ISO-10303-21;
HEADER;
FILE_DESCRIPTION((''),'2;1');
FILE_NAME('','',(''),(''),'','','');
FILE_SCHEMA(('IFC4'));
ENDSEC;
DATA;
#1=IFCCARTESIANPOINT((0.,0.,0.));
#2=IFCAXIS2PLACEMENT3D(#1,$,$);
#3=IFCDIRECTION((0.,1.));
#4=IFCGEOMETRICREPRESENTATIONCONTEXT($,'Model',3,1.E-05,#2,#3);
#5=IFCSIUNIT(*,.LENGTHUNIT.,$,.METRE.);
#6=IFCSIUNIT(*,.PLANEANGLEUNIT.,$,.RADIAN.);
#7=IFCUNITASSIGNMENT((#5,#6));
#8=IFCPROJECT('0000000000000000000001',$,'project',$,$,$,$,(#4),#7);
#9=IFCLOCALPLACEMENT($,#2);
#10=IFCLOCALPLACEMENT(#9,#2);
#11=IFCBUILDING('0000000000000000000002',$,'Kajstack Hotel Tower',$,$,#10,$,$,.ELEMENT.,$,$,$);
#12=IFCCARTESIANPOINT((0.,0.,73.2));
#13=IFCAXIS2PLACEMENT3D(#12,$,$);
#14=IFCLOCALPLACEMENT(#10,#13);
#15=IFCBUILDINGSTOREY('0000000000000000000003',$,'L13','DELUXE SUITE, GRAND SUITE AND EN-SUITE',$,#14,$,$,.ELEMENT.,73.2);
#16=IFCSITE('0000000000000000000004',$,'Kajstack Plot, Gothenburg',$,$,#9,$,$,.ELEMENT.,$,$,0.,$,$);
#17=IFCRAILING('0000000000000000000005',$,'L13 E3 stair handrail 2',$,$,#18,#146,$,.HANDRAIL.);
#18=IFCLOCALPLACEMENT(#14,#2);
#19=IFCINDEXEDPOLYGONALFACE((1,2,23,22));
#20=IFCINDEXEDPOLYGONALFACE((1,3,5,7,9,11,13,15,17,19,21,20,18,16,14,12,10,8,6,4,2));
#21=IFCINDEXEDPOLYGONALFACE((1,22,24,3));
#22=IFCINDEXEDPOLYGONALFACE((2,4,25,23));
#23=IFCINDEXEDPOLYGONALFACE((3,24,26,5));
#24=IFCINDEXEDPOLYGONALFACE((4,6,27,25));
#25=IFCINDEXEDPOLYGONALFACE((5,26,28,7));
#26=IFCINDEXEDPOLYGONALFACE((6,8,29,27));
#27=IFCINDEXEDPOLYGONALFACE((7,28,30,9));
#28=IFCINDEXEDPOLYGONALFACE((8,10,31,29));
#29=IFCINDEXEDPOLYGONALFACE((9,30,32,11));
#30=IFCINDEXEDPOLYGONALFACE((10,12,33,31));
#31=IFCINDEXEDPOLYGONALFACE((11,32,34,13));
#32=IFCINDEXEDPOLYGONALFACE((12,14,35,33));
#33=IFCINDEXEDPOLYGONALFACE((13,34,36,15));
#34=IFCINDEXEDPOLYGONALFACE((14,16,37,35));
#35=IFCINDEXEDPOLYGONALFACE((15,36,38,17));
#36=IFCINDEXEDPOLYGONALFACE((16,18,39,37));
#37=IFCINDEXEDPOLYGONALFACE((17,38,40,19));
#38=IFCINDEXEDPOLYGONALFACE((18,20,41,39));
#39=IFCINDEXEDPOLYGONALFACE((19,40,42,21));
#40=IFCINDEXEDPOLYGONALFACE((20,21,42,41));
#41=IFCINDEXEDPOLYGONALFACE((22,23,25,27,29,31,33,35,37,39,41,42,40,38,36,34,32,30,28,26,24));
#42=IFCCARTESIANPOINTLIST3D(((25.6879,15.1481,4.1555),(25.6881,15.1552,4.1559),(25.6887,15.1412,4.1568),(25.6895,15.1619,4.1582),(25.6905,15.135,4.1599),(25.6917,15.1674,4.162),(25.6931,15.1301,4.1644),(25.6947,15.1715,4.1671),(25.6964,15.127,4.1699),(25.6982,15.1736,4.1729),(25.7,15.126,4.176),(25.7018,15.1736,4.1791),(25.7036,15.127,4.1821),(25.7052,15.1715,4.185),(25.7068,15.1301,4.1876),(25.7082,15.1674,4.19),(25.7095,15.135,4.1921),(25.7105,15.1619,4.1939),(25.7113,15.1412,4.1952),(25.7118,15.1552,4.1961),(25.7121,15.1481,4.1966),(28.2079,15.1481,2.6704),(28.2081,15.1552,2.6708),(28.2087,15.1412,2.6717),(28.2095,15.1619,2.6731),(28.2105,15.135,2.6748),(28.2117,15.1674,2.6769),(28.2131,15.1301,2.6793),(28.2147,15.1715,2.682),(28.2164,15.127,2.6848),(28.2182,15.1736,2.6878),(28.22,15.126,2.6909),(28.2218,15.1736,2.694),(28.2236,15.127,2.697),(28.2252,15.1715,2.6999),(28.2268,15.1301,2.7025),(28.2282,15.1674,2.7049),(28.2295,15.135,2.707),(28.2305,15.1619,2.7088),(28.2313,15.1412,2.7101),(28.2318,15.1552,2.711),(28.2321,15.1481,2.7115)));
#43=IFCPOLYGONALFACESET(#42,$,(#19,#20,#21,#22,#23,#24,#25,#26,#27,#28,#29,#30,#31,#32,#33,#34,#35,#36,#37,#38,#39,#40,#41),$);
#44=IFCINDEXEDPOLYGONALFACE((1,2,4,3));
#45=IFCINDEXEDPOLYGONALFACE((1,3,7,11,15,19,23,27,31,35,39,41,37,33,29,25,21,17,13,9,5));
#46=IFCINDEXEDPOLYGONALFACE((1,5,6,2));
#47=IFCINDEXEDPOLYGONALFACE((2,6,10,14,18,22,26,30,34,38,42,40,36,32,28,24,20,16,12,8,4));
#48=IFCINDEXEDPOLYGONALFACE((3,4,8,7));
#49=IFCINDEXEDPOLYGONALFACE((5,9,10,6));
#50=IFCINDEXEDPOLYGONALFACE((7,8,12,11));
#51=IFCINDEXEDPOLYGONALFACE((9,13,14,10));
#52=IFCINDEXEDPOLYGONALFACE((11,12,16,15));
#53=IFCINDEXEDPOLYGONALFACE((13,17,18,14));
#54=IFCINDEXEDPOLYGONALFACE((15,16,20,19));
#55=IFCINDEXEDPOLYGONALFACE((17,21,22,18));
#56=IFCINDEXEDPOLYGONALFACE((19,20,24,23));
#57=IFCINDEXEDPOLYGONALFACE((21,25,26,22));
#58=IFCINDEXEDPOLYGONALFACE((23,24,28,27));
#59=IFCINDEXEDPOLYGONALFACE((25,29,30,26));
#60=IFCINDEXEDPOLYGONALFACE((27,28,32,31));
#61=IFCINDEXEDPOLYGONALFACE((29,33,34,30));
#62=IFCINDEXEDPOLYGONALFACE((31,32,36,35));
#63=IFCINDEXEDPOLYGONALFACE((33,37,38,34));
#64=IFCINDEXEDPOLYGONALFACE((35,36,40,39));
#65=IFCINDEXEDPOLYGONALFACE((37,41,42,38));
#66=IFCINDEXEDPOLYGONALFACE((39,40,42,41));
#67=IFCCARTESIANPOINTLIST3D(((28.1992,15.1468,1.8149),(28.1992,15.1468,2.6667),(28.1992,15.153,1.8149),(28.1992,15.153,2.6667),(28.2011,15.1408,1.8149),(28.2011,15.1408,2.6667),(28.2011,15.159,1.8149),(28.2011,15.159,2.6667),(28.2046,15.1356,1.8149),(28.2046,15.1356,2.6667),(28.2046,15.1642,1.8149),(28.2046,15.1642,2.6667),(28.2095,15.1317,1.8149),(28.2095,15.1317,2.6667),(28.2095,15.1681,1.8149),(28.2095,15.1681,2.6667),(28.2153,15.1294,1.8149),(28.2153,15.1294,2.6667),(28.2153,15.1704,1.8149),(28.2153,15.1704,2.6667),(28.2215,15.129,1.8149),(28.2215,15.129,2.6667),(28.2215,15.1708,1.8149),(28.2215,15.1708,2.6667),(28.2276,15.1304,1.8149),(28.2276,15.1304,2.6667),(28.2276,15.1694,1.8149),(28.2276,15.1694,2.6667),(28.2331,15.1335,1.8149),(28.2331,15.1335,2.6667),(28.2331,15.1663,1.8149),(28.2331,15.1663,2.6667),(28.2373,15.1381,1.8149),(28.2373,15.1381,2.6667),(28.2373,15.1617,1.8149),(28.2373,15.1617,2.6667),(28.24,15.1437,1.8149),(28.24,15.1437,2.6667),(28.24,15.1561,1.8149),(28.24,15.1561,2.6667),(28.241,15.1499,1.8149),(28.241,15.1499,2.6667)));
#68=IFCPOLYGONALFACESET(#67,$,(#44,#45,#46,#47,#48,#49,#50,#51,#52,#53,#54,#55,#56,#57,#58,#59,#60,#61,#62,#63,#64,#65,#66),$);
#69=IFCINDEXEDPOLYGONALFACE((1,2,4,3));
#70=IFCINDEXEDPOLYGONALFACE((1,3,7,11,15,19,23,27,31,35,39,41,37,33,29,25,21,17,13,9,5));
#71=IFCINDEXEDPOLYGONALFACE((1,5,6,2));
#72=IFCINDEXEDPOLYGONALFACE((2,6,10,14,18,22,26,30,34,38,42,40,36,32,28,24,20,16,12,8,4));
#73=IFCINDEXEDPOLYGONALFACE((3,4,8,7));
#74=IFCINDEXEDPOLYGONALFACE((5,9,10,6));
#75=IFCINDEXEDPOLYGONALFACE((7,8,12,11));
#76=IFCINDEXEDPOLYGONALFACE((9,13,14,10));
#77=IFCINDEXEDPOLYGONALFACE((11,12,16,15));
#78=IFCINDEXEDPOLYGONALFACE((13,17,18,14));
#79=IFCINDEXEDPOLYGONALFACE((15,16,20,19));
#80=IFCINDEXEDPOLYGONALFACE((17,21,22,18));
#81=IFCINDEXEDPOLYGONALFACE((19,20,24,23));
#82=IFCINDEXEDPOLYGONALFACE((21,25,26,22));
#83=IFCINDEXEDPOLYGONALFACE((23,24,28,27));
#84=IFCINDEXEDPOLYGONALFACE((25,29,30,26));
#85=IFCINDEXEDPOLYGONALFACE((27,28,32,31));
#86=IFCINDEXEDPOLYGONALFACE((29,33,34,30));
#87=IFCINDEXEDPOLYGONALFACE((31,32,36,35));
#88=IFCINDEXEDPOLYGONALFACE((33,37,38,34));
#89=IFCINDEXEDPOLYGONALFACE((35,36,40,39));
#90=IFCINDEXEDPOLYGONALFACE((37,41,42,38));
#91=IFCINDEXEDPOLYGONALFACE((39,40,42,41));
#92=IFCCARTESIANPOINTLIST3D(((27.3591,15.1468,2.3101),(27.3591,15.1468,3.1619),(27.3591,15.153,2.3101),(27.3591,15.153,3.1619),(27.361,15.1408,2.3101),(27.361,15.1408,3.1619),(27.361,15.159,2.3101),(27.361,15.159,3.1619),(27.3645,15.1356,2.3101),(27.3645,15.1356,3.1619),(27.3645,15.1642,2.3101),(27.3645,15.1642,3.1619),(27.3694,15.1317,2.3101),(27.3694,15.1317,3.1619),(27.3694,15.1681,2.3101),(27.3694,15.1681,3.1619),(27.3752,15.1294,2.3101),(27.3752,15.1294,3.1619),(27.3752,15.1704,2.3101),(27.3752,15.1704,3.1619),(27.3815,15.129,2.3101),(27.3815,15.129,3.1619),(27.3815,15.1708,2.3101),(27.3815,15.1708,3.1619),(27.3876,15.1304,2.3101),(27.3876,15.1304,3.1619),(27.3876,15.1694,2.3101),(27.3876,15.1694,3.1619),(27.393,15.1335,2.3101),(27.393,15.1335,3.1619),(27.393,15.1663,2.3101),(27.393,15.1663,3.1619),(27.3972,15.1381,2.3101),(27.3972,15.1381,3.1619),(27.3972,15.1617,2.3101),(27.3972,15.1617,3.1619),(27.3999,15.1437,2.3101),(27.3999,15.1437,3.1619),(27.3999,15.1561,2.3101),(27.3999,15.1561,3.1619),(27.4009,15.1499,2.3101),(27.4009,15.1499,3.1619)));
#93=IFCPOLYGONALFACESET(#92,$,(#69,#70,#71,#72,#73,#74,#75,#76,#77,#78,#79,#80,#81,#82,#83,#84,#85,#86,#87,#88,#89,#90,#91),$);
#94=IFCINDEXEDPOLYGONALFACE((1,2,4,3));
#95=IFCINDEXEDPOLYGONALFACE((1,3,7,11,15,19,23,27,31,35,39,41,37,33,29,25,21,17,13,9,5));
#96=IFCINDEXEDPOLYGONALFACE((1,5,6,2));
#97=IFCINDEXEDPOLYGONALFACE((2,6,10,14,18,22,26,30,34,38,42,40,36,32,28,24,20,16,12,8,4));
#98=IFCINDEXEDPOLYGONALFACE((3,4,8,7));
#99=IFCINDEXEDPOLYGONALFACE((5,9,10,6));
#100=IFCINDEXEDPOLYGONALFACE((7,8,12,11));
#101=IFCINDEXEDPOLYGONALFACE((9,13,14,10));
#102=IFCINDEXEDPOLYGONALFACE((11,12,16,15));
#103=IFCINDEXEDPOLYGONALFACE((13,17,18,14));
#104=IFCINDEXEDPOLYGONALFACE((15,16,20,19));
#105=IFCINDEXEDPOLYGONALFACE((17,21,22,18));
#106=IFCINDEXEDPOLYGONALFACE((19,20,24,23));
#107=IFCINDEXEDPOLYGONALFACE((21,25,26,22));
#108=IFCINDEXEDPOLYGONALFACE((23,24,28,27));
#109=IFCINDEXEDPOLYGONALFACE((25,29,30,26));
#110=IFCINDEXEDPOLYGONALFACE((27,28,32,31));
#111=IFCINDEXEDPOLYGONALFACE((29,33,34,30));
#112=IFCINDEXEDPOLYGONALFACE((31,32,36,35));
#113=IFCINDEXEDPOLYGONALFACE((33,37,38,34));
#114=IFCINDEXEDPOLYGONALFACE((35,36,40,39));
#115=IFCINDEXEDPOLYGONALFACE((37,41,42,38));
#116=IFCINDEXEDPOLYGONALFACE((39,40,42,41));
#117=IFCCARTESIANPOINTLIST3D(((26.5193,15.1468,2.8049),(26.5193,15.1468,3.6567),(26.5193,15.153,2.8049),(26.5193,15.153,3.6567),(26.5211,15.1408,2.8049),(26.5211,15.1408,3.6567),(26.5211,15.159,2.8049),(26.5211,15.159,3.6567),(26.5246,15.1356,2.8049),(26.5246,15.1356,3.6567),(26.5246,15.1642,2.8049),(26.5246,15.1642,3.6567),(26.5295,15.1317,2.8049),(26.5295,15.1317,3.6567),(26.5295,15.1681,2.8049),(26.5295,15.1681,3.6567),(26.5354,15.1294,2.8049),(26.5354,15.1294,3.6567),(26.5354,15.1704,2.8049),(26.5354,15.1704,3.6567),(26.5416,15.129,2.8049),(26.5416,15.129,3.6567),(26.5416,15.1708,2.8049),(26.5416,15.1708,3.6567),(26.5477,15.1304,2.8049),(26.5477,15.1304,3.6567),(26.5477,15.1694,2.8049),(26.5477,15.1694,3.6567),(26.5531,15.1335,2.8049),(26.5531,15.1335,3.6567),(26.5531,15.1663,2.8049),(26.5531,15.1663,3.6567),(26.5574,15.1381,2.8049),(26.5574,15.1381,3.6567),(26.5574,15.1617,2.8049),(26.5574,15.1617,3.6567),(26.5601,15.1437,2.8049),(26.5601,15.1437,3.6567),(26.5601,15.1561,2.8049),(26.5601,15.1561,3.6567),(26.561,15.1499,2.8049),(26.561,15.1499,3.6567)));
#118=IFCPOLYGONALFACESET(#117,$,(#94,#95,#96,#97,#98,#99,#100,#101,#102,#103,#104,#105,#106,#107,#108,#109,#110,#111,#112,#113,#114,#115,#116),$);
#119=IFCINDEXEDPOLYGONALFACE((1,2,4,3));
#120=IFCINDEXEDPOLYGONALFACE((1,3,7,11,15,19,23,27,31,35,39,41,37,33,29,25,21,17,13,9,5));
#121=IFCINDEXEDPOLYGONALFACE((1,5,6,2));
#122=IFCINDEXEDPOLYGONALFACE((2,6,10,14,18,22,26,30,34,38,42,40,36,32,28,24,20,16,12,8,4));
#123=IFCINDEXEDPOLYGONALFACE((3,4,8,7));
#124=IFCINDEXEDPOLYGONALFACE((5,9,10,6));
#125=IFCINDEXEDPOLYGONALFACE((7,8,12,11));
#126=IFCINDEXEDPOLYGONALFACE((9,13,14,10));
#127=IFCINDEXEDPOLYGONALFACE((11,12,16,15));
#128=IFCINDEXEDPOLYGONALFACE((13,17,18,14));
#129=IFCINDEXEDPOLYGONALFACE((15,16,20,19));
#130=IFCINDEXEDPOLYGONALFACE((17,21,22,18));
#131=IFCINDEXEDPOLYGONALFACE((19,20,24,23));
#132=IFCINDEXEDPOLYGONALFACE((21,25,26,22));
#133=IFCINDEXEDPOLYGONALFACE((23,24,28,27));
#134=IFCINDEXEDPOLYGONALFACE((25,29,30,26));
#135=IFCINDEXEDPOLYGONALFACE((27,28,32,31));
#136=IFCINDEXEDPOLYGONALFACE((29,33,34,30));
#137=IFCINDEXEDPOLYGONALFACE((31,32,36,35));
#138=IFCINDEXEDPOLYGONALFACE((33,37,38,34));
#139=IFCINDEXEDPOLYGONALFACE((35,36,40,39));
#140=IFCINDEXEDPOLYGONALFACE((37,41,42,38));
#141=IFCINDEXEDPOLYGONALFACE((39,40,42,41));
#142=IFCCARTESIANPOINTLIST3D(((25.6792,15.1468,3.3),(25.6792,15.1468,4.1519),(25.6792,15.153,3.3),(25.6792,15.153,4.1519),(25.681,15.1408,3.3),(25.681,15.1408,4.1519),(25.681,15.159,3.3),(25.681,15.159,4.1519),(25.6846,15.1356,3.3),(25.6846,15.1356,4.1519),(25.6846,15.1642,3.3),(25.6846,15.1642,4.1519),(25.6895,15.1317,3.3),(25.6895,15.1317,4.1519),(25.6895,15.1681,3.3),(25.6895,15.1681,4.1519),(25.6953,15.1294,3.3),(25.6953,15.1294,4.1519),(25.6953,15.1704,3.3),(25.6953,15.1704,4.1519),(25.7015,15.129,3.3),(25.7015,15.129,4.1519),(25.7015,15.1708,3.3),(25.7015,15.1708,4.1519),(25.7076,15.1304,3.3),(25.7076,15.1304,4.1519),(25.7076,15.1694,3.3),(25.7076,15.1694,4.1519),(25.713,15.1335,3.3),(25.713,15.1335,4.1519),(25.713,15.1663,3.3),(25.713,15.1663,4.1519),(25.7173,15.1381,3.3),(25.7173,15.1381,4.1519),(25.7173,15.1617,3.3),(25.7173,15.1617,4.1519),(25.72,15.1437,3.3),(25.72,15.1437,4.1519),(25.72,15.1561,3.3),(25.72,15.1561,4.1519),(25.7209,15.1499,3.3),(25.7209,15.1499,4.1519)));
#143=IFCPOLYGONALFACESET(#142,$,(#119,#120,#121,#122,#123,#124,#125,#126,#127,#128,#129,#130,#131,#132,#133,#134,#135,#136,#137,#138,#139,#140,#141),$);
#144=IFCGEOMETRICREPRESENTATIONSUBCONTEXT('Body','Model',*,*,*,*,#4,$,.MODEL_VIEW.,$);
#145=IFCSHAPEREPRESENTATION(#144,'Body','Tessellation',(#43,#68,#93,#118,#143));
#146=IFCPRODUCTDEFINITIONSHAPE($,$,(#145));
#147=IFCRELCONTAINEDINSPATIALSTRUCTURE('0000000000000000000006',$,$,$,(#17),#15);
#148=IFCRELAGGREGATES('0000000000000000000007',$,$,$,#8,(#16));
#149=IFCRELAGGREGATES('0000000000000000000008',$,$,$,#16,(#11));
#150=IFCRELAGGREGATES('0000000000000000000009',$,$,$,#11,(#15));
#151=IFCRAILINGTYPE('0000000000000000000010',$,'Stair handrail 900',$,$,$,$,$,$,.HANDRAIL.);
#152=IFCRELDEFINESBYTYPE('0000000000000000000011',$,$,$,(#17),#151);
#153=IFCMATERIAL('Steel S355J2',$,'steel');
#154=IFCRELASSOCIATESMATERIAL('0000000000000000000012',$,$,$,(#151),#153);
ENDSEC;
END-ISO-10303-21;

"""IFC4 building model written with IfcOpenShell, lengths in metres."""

from ifc_helpers import new_model, si_unit, direction, frame, origin, origin_2d, place, context, subcontext, project, spatial, circle, extrude, material, type_object, element, save


model = new_model("IFC4")

# Units and contexts
model_context = context("Model", 3, precision=1e-05, world=origin(), true_north=direction((0.0, 1.0)))
body_context = subcontext(model_context, "Body", "Model", "MODEL_VIEW")
ifc_project = project(units=[si_unit("LENGTHUNIT", "METRE"), si_unit("PLANEANGLEUNIT", "RADIAN")], contexts=[model_context])

# Site, building, storey
site_placement = place(None, origin())
site = spatial("IfcSite", under=ifc_project, at=site_placement, Name="Kajstack Plot, Gothenburg", CompositionType="ELEMENT", RefElevation=0.0)
building_placement = place(site_placement, origin())
building = spatial("IfcBuilding", under=site, at=building_placement, Name="Kajstack Hotel Tower", CompositionType="ELEMENT")
storey_placement = place(building_placement, frame((0.0, 0.0, 73.2)))
storey = spatial("IfcBuildingStorey", under=building, at=storey_placement, Name="L13", Description="DELUXE SUITE, GRAND SUITE AND EN-SUITE", CompositionType="ELEMENT", Elevation=73.2)

# Railing
ifc_material_1 = material(Name="Steel S355J2", Category="steel")
railing_type_1 = type_object("IfcRailingType", Name="Stair handrail 900", PredefinedType="HANDRAIL", material=ifc_material_1)
railing_1_placement = place(storey_placement, frame((28.22, 15.1499, 1.8149)))
element("IfcRailing", 1, at=railing_1_placement, inside=storey, type_object=railing_type_1, Name="L13 E3 stair handrail 2", PredefinedType="HANDRAIL", context=body_context, shape_type="SweptSolid", body=[
    extrude(circle(Radius=0.0239, at=origin_2d()), frame((0.0, 0.0, 0.876), z_axis=(-0.861524, 0.0, 0.507717), x_axis=(0.0, -1.0, 0.0)), (0.0, 0.0, 1.0), 2.925),
    extrude(circle(Radius=0.021, at=origin_2d()), origin(), (0.0, 0.0, 1.0), 0.8518),
    extrude(circle(Radius=0.021, at=origin_2d()), frame((-0.8401, 0.0, 0.4951)), (0.0, 0.0, 1.0), 0.8518),
    extrude(circle(Radius=0.021, at=origin_2d()), frame((-1.6799, 0.0, 0.99)), (0.0, 0.0, 1.0), 0.8518),
    extrude(circle(Radius=0.021, at=origin_2d()), frame((-2.52, 0.0, 1.4851)), (0.0, 0.0, 1.0), 0.8518),
])

save(model, "model.ifc")
